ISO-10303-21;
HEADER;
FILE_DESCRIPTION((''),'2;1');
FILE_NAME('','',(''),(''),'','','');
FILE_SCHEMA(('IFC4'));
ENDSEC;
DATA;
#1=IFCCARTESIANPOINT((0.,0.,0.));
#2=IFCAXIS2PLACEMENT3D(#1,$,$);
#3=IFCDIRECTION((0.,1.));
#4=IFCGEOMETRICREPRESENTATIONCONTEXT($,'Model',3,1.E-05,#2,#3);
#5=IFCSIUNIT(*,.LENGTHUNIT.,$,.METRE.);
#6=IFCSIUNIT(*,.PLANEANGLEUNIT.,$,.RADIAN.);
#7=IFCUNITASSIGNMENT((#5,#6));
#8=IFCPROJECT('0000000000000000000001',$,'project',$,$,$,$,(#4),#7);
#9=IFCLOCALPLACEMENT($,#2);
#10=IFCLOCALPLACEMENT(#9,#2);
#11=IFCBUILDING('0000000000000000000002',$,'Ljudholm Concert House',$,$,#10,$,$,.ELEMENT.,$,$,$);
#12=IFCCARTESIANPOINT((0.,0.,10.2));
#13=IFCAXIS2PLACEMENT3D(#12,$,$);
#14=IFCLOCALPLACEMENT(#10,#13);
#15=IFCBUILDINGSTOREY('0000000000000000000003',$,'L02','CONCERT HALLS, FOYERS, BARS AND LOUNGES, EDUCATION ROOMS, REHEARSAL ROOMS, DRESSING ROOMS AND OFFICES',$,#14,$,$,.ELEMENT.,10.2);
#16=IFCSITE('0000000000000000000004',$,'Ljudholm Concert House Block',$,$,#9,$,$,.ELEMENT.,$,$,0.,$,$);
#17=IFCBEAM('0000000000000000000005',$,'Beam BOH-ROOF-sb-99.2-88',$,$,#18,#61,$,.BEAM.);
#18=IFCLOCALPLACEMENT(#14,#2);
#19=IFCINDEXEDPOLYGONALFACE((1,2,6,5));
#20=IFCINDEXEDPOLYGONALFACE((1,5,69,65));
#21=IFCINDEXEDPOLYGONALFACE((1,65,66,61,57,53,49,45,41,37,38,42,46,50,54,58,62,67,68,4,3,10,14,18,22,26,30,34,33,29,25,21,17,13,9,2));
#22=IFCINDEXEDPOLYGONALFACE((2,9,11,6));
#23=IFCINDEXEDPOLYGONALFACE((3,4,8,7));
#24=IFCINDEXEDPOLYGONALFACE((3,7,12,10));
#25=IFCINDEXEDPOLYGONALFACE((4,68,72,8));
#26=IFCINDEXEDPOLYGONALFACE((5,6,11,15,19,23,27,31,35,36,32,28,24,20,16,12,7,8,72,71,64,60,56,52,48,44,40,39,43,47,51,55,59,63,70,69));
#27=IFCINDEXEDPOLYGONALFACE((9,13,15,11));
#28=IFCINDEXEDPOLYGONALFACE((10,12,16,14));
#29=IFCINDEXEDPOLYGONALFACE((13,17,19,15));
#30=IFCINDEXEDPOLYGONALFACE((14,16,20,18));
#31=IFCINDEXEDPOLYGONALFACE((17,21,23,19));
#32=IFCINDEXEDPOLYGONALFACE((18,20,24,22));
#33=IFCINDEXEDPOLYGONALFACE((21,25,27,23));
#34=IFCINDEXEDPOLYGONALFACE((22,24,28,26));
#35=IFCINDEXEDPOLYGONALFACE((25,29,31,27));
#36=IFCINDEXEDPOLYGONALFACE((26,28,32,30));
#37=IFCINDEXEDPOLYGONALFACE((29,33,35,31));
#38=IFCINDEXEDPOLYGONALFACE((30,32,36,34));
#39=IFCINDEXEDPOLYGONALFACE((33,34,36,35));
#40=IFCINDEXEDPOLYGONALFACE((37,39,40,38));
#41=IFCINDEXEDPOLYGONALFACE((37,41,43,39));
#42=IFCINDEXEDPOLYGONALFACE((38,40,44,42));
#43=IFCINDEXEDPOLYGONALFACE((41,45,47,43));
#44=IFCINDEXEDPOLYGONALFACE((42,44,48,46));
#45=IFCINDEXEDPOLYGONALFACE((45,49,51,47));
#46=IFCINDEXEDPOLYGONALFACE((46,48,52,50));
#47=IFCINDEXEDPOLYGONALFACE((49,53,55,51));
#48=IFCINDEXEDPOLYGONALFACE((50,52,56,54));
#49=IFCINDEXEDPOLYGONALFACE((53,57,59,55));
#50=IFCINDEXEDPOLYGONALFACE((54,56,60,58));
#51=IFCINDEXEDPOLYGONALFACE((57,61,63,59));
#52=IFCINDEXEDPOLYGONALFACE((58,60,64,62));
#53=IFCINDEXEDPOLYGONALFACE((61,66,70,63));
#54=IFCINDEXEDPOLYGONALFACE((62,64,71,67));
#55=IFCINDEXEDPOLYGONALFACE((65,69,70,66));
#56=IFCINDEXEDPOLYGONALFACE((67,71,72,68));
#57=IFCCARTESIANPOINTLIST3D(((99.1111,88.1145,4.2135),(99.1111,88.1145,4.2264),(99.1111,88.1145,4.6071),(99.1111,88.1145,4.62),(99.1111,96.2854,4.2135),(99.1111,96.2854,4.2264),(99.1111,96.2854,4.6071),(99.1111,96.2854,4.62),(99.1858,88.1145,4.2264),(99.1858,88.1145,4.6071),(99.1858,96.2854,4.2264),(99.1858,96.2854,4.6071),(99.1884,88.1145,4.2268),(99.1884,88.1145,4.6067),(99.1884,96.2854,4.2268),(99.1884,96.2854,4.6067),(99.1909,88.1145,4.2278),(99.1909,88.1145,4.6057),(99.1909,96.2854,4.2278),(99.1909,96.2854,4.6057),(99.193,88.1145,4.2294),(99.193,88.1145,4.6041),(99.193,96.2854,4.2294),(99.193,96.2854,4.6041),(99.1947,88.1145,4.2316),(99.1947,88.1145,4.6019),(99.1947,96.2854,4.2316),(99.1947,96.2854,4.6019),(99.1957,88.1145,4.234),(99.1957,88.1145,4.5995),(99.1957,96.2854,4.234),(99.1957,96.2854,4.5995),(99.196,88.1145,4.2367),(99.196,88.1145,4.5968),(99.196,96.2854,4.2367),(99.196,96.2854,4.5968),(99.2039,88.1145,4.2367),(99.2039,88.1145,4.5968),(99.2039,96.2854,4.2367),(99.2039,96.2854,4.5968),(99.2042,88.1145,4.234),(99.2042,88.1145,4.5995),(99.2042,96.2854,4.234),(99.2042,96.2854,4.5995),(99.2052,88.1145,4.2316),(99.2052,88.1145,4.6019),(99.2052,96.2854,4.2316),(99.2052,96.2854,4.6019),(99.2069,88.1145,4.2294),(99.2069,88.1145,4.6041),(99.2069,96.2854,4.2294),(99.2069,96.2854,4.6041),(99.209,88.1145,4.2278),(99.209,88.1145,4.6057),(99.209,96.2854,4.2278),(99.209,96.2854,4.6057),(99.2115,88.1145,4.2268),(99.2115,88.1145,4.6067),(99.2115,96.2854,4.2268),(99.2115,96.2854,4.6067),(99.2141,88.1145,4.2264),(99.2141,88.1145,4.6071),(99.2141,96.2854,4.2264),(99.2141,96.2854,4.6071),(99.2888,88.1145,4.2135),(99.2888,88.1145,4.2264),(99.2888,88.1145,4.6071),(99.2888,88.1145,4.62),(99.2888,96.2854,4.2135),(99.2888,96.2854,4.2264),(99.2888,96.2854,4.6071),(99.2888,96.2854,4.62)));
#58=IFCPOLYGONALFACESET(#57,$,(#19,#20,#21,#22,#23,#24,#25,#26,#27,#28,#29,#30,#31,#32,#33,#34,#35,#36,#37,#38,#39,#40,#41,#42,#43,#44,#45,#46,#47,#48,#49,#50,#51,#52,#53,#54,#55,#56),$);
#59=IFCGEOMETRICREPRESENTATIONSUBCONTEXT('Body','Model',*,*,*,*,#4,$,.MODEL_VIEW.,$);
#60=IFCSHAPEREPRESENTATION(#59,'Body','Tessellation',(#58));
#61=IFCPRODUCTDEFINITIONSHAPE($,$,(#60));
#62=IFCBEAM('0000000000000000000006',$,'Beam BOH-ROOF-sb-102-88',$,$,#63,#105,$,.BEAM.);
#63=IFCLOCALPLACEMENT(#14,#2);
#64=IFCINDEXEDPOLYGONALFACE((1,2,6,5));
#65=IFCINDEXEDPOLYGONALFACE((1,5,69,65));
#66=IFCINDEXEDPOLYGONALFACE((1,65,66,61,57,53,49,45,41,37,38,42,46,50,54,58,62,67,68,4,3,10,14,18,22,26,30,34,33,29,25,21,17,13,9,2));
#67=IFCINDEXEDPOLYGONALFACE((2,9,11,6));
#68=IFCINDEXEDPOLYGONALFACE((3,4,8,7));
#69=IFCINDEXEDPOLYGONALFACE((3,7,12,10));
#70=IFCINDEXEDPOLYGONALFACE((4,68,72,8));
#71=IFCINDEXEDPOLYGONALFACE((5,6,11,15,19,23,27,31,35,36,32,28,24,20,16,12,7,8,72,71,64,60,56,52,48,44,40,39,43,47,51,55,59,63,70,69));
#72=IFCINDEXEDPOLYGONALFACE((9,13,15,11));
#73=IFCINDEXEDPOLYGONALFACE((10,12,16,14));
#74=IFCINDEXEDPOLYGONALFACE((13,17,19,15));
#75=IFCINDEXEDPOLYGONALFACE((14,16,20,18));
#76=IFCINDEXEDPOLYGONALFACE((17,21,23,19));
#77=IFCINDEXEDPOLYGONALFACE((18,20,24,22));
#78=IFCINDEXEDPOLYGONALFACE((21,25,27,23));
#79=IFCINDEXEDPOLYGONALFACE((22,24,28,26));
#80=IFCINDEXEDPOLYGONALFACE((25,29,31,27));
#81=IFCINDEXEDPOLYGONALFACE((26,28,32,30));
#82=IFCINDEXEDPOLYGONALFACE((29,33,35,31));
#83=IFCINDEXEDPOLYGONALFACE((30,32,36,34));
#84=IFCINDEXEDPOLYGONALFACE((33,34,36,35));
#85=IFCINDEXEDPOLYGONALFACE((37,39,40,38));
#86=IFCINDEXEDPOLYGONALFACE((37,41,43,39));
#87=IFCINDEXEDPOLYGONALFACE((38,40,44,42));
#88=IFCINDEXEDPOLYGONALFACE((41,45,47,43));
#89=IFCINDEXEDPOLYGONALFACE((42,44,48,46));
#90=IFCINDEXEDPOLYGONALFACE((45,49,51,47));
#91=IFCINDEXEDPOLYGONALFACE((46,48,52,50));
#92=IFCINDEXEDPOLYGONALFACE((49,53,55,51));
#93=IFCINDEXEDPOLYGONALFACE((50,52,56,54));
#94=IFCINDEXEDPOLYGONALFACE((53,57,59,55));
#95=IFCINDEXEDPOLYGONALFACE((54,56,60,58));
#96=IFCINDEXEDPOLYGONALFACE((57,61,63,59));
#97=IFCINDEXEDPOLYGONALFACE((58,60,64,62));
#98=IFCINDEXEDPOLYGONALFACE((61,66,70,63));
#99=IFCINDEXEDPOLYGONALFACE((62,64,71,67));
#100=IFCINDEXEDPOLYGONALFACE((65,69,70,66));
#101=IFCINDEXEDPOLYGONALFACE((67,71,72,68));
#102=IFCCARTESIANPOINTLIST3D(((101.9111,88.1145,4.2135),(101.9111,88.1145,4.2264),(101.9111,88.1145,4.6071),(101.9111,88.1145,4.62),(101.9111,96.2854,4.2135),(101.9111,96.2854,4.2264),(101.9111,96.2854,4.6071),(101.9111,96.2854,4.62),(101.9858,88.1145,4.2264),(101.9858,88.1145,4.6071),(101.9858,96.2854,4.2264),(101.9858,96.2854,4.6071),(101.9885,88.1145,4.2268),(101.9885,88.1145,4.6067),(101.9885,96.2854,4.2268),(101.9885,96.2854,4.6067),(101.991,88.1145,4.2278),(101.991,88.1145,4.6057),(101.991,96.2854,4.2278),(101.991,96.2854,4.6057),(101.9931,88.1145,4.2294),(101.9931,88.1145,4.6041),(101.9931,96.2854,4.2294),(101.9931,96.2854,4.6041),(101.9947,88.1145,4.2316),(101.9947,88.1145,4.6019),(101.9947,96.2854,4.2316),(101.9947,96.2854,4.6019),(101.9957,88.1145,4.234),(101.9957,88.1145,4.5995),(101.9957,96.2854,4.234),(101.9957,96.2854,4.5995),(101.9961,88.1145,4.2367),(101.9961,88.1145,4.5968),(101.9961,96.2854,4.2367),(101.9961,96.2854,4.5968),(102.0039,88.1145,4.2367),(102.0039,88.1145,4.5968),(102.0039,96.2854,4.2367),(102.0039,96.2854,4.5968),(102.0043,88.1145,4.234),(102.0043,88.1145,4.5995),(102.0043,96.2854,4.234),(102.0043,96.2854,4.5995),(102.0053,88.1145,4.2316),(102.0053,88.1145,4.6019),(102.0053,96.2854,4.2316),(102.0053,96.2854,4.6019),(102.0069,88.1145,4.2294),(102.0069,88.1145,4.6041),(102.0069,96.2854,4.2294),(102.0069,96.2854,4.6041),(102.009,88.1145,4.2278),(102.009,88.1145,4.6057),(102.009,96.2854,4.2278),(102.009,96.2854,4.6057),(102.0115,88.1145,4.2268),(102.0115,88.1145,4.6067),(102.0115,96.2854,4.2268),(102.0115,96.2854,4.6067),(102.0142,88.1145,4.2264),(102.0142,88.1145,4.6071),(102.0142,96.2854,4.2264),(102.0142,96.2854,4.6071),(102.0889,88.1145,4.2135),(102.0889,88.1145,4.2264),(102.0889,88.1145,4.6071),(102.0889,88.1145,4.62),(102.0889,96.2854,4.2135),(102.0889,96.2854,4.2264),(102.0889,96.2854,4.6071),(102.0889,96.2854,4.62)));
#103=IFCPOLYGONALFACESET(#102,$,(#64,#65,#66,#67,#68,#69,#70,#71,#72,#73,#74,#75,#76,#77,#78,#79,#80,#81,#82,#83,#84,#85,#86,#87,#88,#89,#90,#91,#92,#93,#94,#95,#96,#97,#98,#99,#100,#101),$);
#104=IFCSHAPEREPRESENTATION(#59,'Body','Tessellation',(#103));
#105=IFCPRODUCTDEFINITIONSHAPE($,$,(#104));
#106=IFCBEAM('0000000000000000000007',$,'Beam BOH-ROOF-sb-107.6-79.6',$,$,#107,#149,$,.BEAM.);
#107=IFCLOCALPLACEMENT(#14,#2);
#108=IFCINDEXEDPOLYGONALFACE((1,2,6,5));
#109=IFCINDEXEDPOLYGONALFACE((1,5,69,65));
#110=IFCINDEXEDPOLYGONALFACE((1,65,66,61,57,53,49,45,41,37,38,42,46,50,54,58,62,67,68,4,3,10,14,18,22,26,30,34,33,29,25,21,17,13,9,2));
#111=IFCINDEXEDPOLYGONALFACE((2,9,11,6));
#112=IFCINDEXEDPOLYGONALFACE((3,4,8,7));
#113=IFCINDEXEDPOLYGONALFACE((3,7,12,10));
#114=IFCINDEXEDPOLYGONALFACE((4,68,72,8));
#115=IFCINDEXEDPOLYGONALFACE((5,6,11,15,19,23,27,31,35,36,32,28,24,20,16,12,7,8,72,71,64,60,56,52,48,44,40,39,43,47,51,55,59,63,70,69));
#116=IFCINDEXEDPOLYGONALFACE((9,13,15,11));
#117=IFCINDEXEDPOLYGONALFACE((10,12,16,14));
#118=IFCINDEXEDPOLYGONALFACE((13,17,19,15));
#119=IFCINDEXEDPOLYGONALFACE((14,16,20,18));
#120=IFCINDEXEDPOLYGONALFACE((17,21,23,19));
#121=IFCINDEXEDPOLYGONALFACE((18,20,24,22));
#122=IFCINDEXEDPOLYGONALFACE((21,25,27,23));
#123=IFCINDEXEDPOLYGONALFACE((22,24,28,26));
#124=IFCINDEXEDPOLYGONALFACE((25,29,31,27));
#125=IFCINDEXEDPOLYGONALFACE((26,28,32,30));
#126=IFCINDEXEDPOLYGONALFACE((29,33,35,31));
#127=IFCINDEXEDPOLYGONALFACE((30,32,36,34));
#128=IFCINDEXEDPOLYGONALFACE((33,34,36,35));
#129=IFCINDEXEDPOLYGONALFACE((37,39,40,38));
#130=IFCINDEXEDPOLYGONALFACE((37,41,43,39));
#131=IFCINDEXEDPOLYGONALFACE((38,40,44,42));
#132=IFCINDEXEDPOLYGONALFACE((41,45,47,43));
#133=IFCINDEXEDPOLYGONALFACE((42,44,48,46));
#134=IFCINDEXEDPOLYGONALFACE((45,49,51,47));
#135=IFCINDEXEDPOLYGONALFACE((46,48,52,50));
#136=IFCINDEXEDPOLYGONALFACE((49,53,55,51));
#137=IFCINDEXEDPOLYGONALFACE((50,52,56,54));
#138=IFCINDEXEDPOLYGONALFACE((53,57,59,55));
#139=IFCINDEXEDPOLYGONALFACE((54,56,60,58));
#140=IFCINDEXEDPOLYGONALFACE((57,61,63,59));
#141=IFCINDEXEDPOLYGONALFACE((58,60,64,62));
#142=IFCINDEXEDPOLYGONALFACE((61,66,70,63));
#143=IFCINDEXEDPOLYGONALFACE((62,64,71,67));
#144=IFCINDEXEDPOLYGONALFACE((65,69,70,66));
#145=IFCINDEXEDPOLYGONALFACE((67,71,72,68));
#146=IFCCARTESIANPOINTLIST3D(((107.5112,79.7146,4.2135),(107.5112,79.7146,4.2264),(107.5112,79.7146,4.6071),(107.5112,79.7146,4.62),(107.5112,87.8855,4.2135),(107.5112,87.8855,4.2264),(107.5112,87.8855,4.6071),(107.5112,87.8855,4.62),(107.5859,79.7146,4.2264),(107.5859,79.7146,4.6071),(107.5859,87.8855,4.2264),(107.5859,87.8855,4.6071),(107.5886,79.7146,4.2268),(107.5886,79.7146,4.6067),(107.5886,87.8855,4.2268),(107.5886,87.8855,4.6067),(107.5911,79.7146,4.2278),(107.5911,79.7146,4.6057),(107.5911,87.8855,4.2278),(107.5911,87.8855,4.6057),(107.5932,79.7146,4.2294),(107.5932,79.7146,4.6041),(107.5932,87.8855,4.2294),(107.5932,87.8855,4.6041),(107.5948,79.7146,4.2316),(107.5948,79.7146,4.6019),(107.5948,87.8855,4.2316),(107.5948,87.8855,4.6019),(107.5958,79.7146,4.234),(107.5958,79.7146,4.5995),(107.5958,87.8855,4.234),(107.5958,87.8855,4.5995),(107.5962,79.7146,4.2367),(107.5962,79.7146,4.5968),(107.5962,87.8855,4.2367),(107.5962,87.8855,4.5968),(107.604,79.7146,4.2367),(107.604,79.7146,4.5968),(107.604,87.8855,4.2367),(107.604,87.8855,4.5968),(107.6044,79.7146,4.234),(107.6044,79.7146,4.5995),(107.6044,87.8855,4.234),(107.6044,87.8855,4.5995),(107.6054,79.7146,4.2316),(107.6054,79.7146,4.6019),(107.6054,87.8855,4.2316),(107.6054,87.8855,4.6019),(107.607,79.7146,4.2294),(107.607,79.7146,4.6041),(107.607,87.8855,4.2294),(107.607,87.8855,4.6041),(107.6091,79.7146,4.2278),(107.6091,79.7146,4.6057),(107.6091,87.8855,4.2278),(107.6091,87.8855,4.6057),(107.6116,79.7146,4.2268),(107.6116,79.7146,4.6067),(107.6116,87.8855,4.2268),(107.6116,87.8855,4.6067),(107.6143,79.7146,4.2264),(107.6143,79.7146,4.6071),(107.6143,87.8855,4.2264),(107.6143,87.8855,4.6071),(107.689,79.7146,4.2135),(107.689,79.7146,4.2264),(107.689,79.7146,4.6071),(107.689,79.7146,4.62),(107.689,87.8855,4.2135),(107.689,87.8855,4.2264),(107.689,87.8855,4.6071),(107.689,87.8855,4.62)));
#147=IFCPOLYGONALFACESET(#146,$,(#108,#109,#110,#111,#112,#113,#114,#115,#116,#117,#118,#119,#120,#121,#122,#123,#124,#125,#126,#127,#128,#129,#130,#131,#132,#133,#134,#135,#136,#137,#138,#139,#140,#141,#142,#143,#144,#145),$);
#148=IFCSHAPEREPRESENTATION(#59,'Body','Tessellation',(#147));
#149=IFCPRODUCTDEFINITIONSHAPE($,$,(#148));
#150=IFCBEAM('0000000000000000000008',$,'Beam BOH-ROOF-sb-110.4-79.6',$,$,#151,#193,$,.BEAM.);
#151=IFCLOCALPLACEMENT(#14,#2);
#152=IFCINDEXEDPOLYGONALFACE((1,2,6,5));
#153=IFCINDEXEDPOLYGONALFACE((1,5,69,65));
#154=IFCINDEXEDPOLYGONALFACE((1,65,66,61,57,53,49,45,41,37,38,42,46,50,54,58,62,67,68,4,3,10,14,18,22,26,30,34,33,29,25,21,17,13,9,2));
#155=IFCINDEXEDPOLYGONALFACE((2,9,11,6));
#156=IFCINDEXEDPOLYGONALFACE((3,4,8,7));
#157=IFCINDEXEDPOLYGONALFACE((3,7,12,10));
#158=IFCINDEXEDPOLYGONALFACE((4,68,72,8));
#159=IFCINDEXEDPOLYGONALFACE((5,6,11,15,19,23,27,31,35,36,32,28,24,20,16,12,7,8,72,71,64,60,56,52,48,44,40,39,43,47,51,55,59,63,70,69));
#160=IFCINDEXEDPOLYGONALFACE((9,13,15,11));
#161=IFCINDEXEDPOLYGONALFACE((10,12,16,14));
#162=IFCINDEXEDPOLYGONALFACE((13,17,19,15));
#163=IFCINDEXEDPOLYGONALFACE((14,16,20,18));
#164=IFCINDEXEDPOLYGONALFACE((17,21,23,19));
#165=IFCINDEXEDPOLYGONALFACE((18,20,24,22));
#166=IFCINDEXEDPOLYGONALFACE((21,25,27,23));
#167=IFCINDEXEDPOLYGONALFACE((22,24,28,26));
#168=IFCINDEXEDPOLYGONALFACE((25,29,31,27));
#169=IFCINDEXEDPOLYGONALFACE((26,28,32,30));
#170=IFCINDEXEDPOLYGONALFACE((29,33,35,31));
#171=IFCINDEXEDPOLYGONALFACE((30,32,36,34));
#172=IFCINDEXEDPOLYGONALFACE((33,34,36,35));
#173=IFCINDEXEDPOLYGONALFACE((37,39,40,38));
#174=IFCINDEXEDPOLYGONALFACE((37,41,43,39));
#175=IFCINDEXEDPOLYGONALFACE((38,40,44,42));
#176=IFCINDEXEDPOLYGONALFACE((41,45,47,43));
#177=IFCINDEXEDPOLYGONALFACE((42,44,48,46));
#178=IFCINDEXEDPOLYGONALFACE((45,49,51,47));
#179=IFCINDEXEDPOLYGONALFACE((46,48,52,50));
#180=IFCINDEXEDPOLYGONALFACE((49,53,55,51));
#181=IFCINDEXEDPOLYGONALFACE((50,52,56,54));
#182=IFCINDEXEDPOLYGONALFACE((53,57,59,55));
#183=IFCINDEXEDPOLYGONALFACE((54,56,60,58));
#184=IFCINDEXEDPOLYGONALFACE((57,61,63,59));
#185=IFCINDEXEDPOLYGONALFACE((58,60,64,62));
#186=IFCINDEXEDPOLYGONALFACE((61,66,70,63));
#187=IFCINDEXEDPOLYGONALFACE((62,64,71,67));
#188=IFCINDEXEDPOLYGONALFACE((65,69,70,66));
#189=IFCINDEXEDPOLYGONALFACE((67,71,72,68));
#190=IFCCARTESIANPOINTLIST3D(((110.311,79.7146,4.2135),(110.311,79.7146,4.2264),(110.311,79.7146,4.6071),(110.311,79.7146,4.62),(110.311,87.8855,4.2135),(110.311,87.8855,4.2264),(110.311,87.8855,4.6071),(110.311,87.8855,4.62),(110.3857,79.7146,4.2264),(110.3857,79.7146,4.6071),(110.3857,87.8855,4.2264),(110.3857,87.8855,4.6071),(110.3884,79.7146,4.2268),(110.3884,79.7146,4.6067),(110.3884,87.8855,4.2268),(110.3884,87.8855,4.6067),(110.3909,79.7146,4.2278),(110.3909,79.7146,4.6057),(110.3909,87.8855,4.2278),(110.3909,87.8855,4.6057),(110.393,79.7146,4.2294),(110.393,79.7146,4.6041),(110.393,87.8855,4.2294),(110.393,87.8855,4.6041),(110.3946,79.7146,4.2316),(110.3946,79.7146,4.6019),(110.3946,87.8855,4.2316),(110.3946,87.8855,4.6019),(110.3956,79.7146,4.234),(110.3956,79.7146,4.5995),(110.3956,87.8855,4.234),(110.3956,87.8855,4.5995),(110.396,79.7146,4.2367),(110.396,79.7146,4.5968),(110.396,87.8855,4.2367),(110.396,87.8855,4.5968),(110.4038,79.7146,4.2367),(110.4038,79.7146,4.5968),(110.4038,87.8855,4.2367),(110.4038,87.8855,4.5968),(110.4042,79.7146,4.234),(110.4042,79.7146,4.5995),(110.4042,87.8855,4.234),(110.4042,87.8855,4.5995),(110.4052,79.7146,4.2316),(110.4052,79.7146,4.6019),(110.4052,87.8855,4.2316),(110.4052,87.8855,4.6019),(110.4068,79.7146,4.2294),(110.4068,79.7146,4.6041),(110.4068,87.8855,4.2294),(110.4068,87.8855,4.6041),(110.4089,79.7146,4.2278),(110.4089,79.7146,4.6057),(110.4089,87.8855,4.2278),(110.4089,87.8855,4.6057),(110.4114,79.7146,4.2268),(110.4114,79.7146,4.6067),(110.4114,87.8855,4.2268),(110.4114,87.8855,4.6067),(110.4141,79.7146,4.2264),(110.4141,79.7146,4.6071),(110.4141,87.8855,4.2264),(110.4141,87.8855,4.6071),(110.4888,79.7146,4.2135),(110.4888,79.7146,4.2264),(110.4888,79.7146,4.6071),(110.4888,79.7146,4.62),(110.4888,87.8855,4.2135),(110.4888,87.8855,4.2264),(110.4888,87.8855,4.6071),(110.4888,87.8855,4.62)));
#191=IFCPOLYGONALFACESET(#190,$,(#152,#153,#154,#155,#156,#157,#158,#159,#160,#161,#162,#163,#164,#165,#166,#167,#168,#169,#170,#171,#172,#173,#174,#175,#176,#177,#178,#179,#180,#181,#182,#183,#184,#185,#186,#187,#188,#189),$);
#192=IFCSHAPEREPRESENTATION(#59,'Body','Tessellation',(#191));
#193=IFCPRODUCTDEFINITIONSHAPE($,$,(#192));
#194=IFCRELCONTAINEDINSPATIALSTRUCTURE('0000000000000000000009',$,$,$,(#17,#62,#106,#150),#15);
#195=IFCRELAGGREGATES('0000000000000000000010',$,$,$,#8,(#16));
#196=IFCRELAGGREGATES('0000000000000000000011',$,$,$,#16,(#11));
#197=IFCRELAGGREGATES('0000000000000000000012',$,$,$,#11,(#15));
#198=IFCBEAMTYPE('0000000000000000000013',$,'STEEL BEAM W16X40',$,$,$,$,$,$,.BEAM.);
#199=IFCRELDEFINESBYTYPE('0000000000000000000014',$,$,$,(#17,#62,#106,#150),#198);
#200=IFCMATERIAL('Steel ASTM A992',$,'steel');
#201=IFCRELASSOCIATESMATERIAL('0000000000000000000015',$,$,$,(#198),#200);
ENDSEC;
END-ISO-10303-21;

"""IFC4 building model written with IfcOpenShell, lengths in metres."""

from ifc_helpers import new_model, si_unit, direction, frame, origin, origin_2d, place, context, subcontext, project, spatial, i_section, extrude, material, material_profile, profile_set, type_object, element, save


model = new_model("IFC4")

# Units and contexts
model_context = context("Model", 3, precision=1e-05, world=origin(), true_north=direction((0.0, 1.0)))
body_context = subcontext(model_context, "Body", "Model", "MODEL_VIEW")
ifc_project = project(units=[si_unit("LENGTHUNIT", "METRE"), si_unit("PLANEANGLEUNIT", "RADIAN")], contexts=[model_context])

# Site, building, storey
site_placement = place(None, origin())
site = spatial("IfcSite", under=ifc_project, at=site_placement, Name="Ljudholm Concert House Block", CompositionType="ELEMENT", RefElevation=0.0)
building_placement = place(site_placement, origin())
building = spatial("IfcBuilding", under=site, at=building_placement, Name="Ljudholm Concert House", CompositionType="ELEMENT")
storey_placement = place(building_placement, frame((0.0, 0.0, 10.2)))
storey = spatial("IfcBuildingStorey", under=building, at=storey_placement, Name="L02", Description="CONCERT HALLS, FOYERS, BARS AND LOUNGES, EDUCATION ROOMS, REHEARSAL ROOMS, DRESSING ROOMS AND OFFICES", CompositionType="ELEMENT", Elevation=10.2)

# Beams
ifc_material_1 = material(Name="Steel ASTM A992", Category="steel")
ifc_material_profile_1 = material_profile(ifc_material_1, i_section(OverallWidth=0.1777, OverallDepth=0.4065, WebThickness=0.0078, FlangeThickness=0.0129, FilletRadius=0.0103, at=origin_2d()), Name="W16X40")
ifc_profile_set_1 = profile_set([ifc_material_profile_1], Name="Steel ASTM A992")
beam_type_1 = type_object("IfcBeamType", Name="STEEL BEAM W16X40", PredefinedType="BEAM", material=ifc_profile_set_1)
for number, where, z_axis, x_axis, name in (
    (1, (99.2, 88.1145, 4.4167), (0.0, 1.0, 0.0), (-1.0, 0.0, 0.0), "Beam BOH-ROOF-sb-99.2-88"),
    (2, (102.0, 88.1145, 4.4167), (0.0, 1.0, 0.0), (-1.0, 0.0, 0.0), "Beam BOH-ROOF-sb-102-88"),
    (3, (107.6001, 79.7146, 4.4167), (0.0, 1.0, 0.0), (-1.0, 0.0, 0.0), "Beam BOH-ROOF-sb-107.6-79.6"),
    (4, (110.3999, 79.7146, 4.4167), (0.0, 1.0, 0.0), (-1.0, 0.0, 0.0), "Beam BOH-ROOF-sb-110.4-79.6"),
):
    element("IfcBeam", number, at=place(storey_placement, frame(where, z_axis=z_axis, x_axis=x_axis)), inside=storey, type_object=beam_type_1, Name=name, PredefinedType="BEAM", context=body_context, shape_type="SweptSolid", body=[
        extrude(i_section(OverallWidth=0.1777, OverallDepth=0.4065, WebThickness=0.0078, FlangeThickness=0.0129, FilletRadius=0.0103, at=origin_2d()), origin(), (0.0, 0.0, 1.0), 8.1709),
    ])

save(model, "model.ifc")
